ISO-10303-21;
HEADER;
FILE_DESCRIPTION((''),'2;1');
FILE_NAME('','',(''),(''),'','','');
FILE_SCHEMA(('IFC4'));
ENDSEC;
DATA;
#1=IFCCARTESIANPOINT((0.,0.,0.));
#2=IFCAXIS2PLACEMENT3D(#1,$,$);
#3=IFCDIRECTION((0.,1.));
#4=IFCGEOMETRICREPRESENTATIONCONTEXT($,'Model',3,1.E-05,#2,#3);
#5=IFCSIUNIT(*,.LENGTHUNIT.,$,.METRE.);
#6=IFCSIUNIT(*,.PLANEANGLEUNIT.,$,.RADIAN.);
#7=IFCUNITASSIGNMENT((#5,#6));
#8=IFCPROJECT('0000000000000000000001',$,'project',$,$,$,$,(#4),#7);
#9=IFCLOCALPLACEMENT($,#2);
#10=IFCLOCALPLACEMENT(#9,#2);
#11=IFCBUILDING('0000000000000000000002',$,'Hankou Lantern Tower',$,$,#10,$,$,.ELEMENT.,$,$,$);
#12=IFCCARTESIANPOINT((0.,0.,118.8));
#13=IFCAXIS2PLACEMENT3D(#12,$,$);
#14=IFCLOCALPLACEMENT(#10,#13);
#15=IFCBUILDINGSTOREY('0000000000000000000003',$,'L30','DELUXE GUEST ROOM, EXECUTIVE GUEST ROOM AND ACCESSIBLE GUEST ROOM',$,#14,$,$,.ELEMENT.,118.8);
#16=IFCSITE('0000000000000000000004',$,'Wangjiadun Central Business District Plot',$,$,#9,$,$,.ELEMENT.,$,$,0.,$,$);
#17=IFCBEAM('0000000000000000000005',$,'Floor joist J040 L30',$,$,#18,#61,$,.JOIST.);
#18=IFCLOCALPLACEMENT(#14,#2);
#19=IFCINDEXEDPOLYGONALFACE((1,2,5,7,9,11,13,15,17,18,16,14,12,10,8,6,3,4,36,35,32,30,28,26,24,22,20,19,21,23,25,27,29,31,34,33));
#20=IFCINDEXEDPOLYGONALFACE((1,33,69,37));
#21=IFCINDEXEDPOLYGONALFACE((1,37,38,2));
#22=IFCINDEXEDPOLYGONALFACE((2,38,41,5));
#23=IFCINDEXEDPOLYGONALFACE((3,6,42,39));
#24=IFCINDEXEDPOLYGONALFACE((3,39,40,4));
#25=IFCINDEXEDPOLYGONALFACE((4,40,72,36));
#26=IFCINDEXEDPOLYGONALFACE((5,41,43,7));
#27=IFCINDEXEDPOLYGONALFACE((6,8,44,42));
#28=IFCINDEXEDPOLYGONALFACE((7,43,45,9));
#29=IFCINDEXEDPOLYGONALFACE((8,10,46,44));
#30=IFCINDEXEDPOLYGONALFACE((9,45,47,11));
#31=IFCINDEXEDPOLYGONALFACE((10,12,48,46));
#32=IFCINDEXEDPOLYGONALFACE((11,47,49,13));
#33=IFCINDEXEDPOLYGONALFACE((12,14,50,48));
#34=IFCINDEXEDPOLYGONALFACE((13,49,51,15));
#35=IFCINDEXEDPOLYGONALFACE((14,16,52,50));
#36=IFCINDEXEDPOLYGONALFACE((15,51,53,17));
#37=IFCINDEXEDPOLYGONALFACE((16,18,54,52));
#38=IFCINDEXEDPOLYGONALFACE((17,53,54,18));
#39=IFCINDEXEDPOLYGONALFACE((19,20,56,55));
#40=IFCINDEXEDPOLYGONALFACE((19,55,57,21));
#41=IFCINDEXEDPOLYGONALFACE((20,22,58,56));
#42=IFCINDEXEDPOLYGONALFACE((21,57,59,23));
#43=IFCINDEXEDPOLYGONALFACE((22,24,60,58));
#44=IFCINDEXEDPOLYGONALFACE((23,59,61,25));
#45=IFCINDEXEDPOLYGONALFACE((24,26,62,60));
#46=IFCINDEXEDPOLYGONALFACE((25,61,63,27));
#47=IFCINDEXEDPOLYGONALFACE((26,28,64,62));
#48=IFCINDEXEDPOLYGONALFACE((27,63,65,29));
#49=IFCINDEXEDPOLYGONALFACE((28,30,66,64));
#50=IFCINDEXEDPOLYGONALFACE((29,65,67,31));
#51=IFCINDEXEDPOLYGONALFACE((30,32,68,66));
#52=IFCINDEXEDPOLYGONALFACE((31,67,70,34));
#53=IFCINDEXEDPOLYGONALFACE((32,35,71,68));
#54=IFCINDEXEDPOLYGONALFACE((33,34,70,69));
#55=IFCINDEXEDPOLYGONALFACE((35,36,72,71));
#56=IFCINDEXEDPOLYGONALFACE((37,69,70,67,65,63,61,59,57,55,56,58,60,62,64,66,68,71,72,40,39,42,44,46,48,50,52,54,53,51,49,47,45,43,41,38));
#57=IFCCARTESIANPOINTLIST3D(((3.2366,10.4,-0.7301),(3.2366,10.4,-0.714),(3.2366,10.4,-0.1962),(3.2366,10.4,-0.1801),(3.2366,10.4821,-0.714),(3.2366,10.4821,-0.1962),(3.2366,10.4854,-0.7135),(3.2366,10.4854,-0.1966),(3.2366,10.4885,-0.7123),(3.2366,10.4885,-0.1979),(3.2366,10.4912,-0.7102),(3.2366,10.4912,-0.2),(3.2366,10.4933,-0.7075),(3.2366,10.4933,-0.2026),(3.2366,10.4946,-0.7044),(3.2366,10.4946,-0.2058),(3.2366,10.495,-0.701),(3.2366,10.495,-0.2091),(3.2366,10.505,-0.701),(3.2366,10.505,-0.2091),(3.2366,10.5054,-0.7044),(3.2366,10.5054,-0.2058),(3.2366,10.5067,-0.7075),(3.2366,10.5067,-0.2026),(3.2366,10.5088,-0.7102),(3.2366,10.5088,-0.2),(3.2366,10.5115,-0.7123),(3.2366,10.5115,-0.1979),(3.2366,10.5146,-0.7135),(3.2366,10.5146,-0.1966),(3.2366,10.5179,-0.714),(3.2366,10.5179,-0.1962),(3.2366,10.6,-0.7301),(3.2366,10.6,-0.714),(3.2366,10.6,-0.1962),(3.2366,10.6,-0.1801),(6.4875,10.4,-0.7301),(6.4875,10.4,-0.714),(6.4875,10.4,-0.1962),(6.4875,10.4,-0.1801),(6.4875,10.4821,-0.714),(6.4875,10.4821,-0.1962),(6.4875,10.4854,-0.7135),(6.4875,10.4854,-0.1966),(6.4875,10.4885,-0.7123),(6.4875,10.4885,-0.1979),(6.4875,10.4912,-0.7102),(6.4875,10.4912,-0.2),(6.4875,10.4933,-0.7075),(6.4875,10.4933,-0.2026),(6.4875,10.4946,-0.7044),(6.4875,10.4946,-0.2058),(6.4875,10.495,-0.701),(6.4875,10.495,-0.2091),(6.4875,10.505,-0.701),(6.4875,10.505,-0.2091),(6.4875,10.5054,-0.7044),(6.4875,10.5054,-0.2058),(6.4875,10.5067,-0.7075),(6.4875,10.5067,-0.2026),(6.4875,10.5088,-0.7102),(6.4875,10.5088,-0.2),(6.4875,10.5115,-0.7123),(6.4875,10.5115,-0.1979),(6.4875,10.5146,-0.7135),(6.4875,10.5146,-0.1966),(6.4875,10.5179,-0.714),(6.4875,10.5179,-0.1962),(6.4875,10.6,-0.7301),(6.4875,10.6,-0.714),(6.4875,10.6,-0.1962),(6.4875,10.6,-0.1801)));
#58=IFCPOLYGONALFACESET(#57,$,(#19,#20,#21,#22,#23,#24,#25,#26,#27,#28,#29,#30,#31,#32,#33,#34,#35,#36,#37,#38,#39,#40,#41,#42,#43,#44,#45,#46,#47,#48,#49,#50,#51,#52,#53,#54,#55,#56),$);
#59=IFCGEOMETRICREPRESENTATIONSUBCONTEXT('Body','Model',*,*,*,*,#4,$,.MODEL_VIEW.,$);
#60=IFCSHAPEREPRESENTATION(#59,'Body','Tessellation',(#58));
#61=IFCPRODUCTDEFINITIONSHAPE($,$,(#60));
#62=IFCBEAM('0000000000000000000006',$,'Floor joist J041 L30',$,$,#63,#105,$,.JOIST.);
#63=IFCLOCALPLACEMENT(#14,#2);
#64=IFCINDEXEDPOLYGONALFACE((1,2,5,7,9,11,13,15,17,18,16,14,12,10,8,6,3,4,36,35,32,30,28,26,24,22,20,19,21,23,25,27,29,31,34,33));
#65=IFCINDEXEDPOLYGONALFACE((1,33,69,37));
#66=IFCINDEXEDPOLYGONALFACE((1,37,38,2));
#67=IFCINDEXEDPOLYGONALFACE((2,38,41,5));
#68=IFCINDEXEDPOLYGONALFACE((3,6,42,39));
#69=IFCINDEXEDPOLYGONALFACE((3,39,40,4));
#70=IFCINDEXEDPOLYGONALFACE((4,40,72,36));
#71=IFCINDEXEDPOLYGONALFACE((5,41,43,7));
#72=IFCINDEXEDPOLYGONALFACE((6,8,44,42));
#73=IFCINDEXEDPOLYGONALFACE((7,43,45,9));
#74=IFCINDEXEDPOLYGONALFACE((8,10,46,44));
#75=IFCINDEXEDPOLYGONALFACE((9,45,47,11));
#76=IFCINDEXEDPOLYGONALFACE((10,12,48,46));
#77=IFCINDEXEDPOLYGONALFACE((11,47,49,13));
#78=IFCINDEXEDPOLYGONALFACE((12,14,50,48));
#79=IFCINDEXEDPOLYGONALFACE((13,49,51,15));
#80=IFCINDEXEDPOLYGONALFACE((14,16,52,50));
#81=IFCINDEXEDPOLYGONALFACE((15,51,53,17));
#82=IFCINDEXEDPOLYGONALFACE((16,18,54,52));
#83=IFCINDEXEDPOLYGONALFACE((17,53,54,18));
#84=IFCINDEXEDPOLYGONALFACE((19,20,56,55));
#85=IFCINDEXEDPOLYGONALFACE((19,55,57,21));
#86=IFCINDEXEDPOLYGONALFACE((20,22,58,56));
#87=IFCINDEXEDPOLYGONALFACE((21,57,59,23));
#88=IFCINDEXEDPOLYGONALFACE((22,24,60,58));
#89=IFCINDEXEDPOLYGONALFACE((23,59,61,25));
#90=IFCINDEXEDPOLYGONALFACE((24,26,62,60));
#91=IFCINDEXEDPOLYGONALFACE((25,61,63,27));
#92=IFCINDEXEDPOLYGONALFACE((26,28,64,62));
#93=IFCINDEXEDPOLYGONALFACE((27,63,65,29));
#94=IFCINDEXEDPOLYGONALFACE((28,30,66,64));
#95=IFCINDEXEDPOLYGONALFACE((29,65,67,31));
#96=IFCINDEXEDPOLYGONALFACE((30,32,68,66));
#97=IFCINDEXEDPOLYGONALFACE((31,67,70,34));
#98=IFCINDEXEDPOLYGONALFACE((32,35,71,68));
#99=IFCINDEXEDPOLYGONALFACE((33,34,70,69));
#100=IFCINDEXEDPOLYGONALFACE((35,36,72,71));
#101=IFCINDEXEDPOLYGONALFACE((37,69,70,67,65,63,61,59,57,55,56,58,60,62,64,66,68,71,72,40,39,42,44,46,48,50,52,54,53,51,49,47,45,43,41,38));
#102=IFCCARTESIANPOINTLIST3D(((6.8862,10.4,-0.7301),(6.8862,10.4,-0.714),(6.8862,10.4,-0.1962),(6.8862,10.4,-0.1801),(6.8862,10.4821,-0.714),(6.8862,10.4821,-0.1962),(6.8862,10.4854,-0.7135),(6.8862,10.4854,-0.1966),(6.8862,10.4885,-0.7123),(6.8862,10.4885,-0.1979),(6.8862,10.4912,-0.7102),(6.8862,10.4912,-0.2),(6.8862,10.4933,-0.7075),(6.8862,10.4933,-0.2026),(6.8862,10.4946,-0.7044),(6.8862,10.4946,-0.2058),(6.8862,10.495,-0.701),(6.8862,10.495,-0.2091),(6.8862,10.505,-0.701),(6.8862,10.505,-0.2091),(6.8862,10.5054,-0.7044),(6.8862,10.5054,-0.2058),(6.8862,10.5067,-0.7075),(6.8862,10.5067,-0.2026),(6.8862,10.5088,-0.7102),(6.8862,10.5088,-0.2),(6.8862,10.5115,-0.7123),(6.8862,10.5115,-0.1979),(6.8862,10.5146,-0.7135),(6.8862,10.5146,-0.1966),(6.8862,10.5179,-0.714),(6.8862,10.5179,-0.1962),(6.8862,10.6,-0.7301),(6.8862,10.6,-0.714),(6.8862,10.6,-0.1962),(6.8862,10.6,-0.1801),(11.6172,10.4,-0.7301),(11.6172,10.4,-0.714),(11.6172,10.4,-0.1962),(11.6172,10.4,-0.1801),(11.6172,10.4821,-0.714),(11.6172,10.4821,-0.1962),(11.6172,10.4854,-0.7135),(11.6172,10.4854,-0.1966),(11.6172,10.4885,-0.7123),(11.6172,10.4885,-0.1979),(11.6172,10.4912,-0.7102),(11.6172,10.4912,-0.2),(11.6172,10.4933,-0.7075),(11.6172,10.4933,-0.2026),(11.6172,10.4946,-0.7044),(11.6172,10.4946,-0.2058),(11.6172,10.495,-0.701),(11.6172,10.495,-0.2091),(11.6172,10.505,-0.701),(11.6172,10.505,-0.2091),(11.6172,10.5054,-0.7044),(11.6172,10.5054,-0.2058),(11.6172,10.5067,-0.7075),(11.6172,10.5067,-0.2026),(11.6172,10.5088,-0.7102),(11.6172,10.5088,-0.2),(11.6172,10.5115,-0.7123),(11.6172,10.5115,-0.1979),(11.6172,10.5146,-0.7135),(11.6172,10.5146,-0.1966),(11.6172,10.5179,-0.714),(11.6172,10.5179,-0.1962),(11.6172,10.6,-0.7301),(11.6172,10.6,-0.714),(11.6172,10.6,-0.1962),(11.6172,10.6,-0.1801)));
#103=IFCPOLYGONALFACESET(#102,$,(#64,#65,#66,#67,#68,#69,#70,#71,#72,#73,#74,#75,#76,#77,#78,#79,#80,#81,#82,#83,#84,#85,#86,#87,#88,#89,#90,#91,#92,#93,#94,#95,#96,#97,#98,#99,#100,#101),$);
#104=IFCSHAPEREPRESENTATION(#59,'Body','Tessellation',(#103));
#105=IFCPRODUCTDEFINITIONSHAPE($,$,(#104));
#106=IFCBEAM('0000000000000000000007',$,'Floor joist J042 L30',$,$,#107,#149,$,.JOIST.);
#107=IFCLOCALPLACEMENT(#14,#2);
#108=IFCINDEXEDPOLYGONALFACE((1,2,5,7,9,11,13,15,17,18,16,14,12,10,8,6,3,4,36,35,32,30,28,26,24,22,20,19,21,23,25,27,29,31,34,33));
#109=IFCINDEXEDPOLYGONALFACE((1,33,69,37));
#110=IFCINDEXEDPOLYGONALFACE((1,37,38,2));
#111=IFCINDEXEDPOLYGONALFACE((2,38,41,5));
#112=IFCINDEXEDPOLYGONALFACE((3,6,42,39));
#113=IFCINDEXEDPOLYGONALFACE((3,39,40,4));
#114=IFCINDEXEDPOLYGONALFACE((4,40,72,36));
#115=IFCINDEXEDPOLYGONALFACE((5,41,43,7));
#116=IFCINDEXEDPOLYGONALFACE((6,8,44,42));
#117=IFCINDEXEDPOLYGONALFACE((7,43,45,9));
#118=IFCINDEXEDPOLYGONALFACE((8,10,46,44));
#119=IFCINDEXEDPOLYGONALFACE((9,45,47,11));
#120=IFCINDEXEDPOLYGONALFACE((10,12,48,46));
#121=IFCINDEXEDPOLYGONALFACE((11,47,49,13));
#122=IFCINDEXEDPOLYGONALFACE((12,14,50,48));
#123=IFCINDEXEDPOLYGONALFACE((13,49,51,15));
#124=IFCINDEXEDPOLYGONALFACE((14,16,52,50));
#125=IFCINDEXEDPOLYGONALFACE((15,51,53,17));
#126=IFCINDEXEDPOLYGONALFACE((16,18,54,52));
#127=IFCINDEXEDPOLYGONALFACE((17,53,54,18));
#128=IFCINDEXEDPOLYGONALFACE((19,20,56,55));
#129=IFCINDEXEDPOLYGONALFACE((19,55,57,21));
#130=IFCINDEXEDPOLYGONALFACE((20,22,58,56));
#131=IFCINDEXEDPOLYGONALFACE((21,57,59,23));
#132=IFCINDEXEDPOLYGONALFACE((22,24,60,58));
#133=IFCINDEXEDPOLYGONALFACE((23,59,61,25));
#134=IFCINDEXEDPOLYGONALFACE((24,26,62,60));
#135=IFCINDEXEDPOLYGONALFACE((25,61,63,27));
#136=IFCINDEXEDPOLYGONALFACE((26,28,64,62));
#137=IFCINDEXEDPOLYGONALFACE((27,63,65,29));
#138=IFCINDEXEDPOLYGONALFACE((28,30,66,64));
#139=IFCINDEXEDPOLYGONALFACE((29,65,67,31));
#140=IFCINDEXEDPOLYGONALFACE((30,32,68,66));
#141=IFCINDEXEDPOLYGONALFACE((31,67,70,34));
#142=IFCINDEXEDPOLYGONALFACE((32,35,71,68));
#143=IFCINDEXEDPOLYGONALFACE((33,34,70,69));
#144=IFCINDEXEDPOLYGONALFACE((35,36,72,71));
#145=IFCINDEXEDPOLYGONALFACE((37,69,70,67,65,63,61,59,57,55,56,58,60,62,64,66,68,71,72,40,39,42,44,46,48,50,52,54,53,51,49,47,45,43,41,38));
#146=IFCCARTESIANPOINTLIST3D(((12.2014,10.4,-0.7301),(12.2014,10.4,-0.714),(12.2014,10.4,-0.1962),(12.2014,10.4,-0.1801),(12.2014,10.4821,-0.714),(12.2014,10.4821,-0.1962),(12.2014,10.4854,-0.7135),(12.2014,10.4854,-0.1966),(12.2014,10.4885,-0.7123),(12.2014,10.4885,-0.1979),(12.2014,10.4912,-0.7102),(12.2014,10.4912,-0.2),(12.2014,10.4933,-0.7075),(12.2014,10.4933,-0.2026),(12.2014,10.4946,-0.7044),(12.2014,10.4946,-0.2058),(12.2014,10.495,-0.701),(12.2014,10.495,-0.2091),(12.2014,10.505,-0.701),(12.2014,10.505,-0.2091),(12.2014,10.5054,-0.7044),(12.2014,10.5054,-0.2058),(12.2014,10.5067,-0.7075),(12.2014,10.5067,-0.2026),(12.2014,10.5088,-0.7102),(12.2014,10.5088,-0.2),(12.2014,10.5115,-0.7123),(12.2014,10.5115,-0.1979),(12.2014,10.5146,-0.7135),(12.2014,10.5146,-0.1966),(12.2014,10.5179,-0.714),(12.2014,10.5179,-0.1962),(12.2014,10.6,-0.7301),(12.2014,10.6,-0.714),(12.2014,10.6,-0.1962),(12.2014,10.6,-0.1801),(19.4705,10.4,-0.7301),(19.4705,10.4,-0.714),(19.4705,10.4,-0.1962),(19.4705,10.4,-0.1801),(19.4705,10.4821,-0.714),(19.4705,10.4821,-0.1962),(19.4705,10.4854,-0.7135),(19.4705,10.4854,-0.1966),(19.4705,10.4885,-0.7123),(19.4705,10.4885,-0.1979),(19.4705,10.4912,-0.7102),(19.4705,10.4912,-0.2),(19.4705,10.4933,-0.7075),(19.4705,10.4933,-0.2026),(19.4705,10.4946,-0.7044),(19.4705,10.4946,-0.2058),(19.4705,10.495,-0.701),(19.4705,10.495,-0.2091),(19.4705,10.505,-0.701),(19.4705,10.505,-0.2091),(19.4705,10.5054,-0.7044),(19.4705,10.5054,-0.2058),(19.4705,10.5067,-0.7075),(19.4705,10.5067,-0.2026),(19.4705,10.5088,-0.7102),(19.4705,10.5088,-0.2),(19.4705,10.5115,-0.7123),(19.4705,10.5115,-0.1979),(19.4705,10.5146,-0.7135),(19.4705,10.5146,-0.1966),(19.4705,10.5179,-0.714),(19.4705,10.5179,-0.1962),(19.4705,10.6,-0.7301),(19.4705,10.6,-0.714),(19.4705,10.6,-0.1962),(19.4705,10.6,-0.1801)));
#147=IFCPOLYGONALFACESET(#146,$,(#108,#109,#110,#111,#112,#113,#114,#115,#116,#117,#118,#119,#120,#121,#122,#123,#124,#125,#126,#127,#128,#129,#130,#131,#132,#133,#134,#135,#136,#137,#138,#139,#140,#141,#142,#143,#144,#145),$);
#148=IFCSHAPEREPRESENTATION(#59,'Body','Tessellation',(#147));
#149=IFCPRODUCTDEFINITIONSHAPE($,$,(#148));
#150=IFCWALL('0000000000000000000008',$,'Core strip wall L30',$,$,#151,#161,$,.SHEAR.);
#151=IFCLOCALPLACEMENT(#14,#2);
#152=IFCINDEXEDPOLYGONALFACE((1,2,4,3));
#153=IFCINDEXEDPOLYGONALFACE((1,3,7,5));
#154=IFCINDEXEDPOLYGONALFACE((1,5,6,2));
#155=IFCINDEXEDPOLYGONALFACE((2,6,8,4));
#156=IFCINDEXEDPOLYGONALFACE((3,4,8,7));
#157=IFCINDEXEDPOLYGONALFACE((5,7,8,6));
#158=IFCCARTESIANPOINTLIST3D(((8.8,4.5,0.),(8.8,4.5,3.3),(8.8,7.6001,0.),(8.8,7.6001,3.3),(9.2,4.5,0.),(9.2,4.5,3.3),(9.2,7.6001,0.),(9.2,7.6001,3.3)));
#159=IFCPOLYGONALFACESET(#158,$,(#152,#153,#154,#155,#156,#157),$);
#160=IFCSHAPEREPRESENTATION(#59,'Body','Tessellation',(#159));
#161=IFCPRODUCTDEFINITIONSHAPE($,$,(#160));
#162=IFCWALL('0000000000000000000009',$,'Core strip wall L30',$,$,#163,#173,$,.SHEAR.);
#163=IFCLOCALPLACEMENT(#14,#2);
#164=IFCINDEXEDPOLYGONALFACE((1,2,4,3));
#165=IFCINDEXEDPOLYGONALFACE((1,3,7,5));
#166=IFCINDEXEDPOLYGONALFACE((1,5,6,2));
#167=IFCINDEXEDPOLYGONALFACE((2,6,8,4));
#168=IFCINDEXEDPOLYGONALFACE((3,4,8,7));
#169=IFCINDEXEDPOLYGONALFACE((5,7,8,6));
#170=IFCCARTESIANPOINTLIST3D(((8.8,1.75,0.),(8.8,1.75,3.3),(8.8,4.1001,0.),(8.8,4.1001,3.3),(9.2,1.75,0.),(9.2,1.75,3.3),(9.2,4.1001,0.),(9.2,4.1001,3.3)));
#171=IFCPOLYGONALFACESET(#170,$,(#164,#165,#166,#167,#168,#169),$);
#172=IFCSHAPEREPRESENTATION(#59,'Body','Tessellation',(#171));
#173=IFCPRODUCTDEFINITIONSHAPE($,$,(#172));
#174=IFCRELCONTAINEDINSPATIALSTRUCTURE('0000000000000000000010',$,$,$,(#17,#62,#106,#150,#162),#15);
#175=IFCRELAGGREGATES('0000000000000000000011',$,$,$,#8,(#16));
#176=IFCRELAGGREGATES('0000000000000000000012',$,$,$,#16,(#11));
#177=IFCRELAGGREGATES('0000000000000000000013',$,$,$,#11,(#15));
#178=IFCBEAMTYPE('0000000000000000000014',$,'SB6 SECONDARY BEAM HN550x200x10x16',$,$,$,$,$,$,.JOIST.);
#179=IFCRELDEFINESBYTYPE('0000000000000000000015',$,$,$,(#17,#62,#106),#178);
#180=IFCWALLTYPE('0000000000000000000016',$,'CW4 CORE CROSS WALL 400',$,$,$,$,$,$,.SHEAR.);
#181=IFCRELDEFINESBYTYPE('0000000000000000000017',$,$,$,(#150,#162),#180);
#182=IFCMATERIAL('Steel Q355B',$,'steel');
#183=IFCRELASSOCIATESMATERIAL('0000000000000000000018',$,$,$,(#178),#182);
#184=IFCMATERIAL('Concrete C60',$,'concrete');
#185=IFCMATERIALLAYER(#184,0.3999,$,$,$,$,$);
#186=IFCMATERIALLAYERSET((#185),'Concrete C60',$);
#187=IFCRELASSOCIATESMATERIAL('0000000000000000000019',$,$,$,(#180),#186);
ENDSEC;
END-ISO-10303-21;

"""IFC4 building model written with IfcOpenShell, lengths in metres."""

from ifc_helpers import new_model, si_unit, direction, frame, frame_2d, origin, origin_2d, place, context, subcontext, project, spatial, rectangle, i_section, extrude, material, layer, layer_set, material_profile, profile_set, type_object, element, save


model = new_model("IFC4")

# Units and contexts
model_context = context("Model", 3, precision=1e-05, world=origin(), true_north=direction((0.0, 1.0)))
body_context = subcontext(model_context, "Body", "Model", "MODEL_VIEW")
ifc_project = project(units=[si_unit("LENGTHUNIT", "METRE"), si_unit("PLANEANGLEUNIT", "RADIAN")], contexts=[model_context])

# Site, building, storey
site_placement = place(None, origin())
site = spatial("IfcSite", under=ifc_project, at=site_placement, Name="Wangjiadun Central Business District Plot", CompositionType="ELEMENT", RefElevation=0.0)
building_placement = place(site_placement, origin())
building = spatial("IfcBuilding", under=site, at=building_placement, Name="Hankou Lantern Tower", CompositionType="ELEMENT")
storey_placement = place(building_placement, frame((0.0, 0.0, 118.8)))
storey = spatial("IfcBuildingStorey", under=building, at=storey_placement, Name="L30", Description="DELUXE GUEST ROOM, EXECUTIVE GUEST ROOM AND ACCESSIBLE GUEST ROOM", CompositionType="ELEMENT", Elevation=118.8)

# Beams
ifc_material_1 = material(Name="Steel Q355B", Category="steel")
ifc_material_profile_1 = material_profile(ifc_material_1, i_section(OverallWidth=0.2, OverallDepth=0.55, WebThickness=0.01, FlangeThickness=0.0161, FilletRadius=0.0129, at=origin_2d()), Name="HN550x200x10x16")
ifc_profile_set_1 = profile_set([ifc_material_profile_1], Name="Steel Q355B")
beam_type_1 = type_object("IfcBeamType", Name="SB6 SECONDARY BEAM HN550x200x10x16", PredefinedType="JOIST", material=ifc_profile_set_1)
beam_1_placement = place(storey_placement, frame((3.2366, 10.5, -0.4551), z_axis=(1.0, 0.0, 0.0), x_axis=(0.0, 1.0, 0.0)))
element("IfcBeam", 1, at=beam_1_placement, inside=storey, type_object=beam_type_1, Name="Floor joist J040 L30", PredefinedType="JOIST", context=body_context, shape_type="SweptSolid", body=[
    extrude(i_section(OverallWidth=0.2, OverallDepth=0.55, WebThickness=0.01, FlangeThickness=0.0161, FilletRadius=0.0129, at=origin_2d()), origin(), (0.0, 0.0, 1.0), 3.251),
])
beam_2_placement = place(storey_placement, frame((6.8862, 10.5, -0.4551), z_axis=(1.0, 0.0, 0.0), x_axis=(0.0, 1.0, 0.0)))
element("IfcBeam", 2, at=beam_2_placement, inside=storey, type_object=beam_type_1, Name="Floor joist J041 L30", PredefinedType="JOIST", context=body_context, shape_type="SweptSolid", body=[
    extrude(i_section(OverallWidth=0.2, OverallDepth=0.55, WebThickness=0.01, FlangeThickness=0.0161, FilletRadius=0.0129, at=origin_2d()), origin(), (0.0, 0.0, 1.0), 4.731),
])
beam_3_placement = place(storey_placement, frame((12.2014, 10.5, -0.4551), z_axis=(1.0, 0.0, 0.0), x_axis=(0.0, 1.0, 0.0)))
element("IfcBeam", 3, at=beam_3_placement, inside=storey, type_object=beam_type_1, Name="Floor joist J042 L30", PredefinedType="JOIST", context=body_context, shape_type="SweptSolid", body=[
    extrude(i_section(OverallWidth=0.2, OverallDepth=0.55, WebThickness=0.01, FlangeThickness=0.0161, FilletRadius=0.0129, at=origin_2d()), origin(), (0.0, 0.0, 1.0), 7.269),
])

# Walls
ifc_material_2 = material(Name="Concrete C60", Category="concrete")
ifc_layer_1 = layer(ifc_material_2, 0.3999)
ifc_layer_set_1 = layer_set([ifc_layer_1], Name="Concrete C60")
wall_type_1 = type_object("IfcWallType", Name="CW4 CORE CROSS WALL 400", PredefinedType="SHEAR", material=ifc_layer_set_1)
wall_1_placement = place(storey_placement, frame((9.0, 4.5, 0.0), z_axis=(0.0, 0.0, 1.0), x_axis=(0.0, 1.0, 0.0)))
element("IfcWall", 4, at=wall_1_placement, inside=storey, type_object=wall_type_1, Name="Core strip wall L30", PredefinedType="SHEAR", context=body_context, shape_type="SweptSolid", body=[
    extrude(rectangle(XDim=3.1001, YDim=0.3999, at=frame_2d((1.55, 0.0))), origin(), (0.0, 0.0, 1.0), 3.3),
])
wall_2_placement = place(storey_placement, frame((9.0, 1.75, 0.0), z_axis=(0.0, 0.0, 1.0), x_axis=(0.0, 1.0, 0.0)))
element("IfcWall", 5, at=wall_2_placement, inside=storey, type_object=wall_type_1, Name="Core strip wall L30", PredefinedType="SHEAR", context=body_context, shape_type="SweptSolid", body=[
    extrude(rectangle(XDim=2.3501, YDim=0.3999, at=frame_2d((1.175, 0.0))), origin(), (0.0, 0.0, 1.0), 3.3),
])

save(model, "model.ifc")
